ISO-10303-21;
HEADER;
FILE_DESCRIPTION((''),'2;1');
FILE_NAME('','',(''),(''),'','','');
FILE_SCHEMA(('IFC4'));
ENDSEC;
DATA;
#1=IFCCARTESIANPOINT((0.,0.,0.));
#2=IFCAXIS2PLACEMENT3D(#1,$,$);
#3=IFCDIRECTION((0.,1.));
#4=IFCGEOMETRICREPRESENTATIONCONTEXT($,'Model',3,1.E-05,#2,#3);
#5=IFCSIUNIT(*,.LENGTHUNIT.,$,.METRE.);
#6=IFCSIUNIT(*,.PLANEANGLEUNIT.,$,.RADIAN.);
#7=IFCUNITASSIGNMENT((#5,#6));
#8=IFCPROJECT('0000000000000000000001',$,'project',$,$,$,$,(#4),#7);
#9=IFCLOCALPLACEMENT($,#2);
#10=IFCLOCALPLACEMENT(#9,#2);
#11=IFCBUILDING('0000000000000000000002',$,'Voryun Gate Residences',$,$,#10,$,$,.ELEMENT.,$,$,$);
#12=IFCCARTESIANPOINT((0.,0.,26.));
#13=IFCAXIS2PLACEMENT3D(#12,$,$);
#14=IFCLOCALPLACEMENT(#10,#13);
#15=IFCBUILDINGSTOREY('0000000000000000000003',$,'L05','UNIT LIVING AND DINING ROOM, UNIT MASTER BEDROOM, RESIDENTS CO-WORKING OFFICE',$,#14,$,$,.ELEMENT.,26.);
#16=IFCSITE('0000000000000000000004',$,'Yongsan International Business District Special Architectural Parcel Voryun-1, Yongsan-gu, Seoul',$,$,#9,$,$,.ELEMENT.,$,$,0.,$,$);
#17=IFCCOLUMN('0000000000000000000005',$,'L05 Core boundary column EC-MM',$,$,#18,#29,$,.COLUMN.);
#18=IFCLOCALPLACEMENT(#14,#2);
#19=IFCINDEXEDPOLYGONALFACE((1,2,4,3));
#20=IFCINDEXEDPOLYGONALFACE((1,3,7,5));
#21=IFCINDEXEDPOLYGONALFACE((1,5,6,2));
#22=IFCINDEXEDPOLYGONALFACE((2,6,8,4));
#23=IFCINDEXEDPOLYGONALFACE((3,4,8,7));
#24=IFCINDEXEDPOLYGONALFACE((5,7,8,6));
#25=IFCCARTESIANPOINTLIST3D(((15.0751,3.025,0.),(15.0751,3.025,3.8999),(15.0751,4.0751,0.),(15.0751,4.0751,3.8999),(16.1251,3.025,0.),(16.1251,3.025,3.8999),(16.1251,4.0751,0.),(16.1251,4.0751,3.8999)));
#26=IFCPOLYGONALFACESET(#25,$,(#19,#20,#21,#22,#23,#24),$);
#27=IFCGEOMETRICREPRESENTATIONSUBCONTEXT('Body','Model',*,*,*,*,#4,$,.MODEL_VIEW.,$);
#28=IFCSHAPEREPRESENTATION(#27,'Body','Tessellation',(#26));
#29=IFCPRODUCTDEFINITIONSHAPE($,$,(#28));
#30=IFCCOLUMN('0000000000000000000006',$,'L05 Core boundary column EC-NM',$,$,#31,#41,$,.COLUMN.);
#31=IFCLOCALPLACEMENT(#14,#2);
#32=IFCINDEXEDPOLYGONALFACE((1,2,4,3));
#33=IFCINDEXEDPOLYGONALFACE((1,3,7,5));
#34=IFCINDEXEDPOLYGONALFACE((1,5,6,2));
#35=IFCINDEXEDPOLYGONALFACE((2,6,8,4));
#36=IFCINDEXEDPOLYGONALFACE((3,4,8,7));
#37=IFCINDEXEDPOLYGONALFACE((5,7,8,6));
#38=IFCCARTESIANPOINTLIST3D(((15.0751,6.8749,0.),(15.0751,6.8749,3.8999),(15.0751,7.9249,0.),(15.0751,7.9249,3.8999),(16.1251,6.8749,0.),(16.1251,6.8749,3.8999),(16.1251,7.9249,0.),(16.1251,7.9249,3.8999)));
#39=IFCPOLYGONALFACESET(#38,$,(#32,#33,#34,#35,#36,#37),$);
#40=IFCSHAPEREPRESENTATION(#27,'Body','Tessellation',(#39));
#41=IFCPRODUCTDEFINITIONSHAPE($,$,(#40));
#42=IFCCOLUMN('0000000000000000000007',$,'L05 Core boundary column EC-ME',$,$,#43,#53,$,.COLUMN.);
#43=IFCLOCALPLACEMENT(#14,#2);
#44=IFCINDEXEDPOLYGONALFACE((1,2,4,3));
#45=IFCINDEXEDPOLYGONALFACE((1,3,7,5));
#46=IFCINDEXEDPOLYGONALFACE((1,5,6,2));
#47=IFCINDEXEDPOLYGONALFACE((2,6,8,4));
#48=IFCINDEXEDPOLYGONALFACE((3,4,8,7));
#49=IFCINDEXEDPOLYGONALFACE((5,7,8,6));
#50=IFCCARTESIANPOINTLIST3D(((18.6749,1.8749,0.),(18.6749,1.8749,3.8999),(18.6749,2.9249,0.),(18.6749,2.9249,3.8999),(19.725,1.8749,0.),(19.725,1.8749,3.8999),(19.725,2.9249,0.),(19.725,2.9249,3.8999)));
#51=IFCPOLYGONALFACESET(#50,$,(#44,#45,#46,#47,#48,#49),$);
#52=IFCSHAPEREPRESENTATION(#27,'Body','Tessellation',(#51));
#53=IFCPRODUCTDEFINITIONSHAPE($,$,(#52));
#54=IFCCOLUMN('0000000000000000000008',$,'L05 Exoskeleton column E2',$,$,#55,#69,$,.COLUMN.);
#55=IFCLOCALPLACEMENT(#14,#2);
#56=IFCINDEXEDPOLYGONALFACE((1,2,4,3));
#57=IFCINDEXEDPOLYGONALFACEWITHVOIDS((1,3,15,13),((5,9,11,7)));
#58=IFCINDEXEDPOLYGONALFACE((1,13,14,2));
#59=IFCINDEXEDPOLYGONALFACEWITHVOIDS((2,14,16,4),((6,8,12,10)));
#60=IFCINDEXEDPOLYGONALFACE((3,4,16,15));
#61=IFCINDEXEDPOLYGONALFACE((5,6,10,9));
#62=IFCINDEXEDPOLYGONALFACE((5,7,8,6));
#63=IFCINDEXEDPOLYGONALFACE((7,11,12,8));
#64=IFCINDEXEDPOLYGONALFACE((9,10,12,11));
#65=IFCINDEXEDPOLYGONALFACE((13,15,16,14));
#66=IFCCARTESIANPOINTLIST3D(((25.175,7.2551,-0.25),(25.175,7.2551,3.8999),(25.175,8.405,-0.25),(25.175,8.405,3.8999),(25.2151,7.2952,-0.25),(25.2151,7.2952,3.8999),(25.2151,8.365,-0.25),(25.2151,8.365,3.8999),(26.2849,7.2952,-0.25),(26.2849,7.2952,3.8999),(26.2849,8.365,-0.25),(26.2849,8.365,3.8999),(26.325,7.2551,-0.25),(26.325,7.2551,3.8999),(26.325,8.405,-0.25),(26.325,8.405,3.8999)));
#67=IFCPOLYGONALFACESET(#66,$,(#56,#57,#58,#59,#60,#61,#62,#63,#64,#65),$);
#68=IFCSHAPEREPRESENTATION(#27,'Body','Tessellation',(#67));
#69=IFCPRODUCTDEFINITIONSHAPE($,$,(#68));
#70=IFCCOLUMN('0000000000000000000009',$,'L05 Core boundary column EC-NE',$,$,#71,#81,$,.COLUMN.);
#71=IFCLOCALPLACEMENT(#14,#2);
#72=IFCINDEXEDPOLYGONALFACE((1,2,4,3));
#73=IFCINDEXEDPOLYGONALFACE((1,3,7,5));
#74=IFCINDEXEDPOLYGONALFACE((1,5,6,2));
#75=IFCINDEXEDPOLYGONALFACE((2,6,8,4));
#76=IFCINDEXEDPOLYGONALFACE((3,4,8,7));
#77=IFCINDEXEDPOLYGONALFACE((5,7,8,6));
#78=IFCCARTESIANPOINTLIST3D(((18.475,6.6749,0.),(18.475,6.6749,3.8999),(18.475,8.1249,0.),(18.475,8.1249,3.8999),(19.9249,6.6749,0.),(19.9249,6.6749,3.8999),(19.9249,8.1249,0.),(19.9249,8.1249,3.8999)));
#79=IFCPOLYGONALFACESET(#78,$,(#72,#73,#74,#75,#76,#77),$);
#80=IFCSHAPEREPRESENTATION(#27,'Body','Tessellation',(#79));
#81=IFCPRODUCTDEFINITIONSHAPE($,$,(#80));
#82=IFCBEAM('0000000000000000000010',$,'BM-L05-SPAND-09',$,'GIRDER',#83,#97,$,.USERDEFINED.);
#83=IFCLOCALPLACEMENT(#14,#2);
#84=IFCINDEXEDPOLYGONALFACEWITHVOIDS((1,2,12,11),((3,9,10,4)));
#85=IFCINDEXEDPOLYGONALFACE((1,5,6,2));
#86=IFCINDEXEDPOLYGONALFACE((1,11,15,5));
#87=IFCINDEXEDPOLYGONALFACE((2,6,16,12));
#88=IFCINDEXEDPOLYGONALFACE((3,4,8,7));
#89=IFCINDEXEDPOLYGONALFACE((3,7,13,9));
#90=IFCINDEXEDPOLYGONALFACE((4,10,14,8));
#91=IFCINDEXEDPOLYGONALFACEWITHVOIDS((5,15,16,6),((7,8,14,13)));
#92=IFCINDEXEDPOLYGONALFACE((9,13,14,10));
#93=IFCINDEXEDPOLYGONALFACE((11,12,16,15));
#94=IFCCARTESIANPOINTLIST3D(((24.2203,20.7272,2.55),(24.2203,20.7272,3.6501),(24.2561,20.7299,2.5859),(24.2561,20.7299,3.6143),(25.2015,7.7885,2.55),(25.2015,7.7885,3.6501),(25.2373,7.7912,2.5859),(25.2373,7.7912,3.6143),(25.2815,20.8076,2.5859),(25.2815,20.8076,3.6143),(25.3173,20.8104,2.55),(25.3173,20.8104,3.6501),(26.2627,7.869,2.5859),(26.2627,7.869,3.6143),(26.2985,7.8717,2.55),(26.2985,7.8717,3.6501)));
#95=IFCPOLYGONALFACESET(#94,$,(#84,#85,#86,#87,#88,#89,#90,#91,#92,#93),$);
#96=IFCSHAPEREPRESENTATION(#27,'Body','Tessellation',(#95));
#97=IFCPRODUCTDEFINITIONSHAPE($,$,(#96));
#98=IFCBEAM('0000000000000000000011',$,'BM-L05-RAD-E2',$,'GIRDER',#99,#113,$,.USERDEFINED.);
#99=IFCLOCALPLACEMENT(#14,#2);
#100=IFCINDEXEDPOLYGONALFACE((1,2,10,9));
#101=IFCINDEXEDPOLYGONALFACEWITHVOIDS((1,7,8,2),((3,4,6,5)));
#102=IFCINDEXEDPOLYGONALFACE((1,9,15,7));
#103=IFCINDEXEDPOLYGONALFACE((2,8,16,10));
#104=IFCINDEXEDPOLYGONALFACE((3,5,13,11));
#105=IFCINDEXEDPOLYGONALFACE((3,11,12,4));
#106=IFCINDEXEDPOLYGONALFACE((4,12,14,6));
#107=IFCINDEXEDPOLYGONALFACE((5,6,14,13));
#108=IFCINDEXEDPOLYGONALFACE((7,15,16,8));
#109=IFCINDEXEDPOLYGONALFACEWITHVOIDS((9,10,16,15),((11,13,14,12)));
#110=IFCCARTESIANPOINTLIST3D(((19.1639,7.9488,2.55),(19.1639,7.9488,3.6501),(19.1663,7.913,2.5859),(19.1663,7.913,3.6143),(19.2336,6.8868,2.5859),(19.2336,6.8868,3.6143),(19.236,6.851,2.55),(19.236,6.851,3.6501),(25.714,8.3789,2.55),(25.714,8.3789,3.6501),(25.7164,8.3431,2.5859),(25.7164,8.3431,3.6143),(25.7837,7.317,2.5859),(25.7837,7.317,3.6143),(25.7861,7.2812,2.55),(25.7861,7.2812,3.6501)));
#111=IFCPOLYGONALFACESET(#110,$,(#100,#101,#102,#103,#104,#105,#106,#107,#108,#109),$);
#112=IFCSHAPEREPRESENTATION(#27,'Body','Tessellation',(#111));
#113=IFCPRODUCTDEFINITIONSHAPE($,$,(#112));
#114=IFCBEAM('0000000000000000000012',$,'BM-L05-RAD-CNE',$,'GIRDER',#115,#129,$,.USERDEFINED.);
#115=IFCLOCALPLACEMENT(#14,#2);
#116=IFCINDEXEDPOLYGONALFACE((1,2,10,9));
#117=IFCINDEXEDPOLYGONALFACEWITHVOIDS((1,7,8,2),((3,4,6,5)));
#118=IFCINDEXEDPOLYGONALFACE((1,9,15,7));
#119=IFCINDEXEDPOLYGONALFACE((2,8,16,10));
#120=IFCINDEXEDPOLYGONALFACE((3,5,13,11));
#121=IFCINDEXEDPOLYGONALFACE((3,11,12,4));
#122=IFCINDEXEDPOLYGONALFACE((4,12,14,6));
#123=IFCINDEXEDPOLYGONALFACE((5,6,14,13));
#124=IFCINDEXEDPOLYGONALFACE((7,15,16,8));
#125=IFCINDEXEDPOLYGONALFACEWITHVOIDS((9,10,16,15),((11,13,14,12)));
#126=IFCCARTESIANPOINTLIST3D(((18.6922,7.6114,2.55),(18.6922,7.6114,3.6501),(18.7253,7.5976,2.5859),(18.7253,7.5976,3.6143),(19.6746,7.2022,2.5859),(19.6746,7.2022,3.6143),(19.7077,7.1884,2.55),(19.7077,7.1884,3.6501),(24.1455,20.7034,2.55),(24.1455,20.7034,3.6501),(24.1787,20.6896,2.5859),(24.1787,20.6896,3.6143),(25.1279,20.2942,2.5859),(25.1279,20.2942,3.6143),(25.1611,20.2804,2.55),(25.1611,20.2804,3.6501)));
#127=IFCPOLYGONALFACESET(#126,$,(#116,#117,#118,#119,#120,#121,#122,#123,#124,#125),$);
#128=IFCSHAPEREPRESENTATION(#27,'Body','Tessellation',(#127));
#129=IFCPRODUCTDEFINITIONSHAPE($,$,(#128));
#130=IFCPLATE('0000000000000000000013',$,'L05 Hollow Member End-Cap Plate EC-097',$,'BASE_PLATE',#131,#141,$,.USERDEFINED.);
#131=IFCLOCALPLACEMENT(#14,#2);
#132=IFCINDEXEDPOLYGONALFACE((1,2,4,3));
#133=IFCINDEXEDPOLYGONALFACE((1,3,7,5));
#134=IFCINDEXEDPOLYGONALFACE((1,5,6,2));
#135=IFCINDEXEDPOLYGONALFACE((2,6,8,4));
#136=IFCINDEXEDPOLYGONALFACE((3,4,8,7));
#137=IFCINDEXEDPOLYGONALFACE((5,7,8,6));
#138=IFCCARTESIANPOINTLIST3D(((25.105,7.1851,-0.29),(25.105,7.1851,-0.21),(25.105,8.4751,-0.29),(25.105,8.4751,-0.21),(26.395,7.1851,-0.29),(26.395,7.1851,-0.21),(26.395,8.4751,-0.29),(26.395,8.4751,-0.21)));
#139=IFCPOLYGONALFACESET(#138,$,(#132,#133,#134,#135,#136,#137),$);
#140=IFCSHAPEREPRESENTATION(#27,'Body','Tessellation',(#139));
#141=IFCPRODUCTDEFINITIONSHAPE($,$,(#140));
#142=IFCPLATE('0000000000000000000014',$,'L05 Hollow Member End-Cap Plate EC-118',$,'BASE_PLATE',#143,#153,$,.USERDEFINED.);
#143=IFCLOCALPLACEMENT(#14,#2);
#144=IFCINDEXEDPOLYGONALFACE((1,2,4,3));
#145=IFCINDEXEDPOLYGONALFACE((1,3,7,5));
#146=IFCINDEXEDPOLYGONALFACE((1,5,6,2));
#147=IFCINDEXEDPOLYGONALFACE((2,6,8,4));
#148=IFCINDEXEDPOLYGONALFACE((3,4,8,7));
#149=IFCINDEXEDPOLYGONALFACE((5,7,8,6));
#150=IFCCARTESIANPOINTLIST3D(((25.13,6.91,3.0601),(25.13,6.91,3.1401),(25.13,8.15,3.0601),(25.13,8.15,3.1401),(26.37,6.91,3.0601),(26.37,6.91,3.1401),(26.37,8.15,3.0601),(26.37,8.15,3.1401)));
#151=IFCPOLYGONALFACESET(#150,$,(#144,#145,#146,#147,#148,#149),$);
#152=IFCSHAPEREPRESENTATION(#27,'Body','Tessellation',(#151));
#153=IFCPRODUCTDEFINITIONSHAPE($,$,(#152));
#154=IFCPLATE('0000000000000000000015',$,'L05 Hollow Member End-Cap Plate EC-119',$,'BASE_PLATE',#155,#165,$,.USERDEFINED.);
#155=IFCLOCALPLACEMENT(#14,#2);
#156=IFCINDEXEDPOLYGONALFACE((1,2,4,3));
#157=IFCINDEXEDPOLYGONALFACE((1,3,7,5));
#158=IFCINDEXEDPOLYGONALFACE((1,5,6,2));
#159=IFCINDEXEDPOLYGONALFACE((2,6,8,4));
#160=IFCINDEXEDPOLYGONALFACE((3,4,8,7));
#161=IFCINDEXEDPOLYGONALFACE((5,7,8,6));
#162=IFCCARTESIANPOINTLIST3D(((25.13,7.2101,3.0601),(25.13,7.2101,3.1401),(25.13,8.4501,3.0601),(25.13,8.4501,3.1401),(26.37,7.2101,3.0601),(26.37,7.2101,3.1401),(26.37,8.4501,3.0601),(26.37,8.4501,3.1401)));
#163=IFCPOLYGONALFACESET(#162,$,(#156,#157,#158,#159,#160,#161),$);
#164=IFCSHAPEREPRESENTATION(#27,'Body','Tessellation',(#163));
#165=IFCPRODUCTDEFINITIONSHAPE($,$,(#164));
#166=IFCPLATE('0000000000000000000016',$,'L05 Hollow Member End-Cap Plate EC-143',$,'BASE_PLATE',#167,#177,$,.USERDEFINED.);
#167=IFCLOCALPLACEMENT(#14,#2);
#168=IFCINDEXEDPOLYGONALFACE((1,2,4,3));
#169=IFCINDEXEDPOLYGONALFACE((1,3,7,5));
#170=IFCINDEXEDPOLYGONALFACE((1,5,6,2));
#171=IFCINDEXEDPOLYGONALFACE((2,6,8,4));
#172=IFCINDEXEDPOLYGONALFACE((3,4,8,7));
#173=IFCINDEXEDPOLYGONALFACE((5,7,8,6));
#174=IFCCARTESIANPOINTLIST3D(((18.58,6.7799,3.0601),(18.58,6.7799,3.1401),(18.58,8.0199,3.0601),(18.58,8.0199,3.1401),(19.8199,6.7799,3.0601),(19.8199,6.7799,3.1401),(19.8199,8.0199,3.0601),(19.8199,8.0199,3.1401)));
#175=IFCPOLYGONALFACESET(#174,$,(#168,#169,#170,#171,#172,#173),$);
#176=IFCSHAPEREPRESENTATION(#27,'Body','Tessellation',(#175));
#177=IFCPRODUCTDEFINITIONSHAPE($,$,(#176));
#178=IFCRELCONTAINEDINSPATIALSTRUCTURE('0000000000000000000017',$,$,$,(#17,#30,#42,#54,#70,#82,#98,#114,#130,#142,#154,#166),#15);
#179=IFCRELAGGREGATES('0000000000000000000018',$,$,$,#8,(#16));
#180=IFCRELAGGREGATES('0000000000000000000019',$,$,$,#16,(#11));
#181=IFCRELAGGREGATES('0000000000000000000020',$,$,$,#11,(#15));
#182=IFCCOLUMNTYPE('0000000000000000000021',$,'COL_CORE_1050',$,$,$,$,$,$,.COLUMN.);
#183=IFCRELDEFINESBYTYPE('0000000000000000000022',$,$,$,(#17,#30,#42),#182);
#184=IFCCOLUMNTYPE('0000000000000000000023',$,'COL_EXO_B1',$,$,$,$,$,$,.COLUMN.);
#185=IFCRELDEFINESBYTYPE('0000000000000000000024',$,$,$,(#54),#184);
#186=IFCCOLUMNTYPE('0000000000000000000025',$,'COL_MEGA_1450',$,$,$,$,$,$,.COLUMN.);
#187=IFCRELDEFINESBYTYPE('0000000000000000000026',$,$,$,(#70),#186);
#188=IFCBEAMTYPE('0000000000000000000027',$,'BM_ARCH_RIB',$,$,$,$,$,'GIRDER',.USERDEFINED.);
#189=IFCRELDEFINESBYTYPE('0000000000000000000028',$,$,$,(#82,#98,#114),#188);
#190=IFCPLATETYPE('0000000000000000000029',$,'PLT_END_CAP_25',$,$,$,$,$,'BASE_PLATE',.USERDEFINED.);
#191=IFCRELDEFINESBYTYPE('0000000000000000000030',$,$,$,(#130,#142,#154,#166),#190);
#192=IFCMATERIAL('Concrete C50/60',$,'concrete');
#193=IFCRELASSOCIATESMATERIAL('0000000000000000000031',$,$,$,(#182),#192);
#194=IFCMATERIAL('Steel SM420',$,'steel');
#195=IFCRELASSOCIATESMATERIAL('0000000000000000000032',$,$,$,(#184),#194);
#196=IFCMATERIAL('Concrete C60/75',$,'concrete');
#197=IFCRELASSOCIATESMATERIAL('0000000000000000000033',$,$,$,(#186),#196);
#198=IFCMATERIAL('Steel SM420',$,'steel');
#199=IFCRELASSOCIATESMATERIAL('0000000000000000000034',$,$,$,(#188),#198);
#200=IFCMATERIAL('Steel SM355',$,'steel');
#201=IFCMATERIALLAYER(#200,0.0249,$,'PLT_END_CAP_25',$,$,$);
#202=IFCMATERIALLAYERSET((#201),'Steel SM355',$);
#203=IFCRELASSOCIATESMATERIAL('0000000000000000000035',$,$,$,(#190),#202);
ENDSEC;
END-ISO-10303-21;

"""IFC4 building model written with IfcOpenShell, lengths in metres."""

from ifc_helpers import new_model, si_unit, direction, frame, origin, origin_2d, place, context, subcontext, project, spatial, rectangle, hollow_rectangle, extrude, material, layer, layer_set, material_profile, profile_set, type_object, element, save


model = new_model("IFC4")

# Units and contexts
model_context = context("Model", 3, precision=1e-05, world=origin(), true_north=direction((0.0, 1.0)))
body_context = subcontext(model_context, "Body", "Model", "MODEL_VIEW")
ifc_project = project(units=[si_unit("LENGTHUNIT", "METRE"), si_unit("PLANEANGLEUNIT", "RADIAN")], contexts=[model_context])

# Site, building, storey
site_placement = place(None, origin())
site = spatial("IfcSite", under=ifc_project, at=site_placement, Name="Yongsan International Business District Special Architectural Parcel Voryun-1, Yongsan-gu, Seoul", CompositionType="ELEMENT", RefElevation=0.0)
building_placement = place(site_placement, origin())
building = spatial("IfcBuilding", under=site, at=building_placement, Name="Voryun Gate Residences", CompositionType="ELEMENT")
storey_placement = place(building_placement, frame((0.0, 0.0, 26.0)))
storey = spatial("IfcBuildingStorey", under=building, at=storey_placement, Name="L05", Description="UNIT LIVING AND DINING ROOM, UNIT MASTER BEDROOM, RESIDENTS CO-WORKING OFFICE", CompositionType="ELEMENT", Elevation=26.0)

# Columns
ifc_material_1 = material(Name="Concrete C50/60", Category="concrete")
ifc_material_profile_1 = material_profile(ifc_material_1, rectangle(XDim=1.05, YDim=1.05, at=origin_2d()), Name="RC-1050x1050")
ifc_profile_set_1 = profile_set([ifc_material_profile_1], Name="Concrete C50/60")
column_type_1 = type_object("IfcColumnType", Name="COL_CORE_1050", PredefinedType="COLUMN", material=ifc_profile_set_1)
for number, where, z_axis, x_axis, name in (
    (1, (15.6001, 3.55, 0.0), (0.0, 0.0, 1.0), (1.0, 0.0, 0.0), "L05 Core boundary column EC-MM"),
    (2, (15.6001, 7.3999, 0.0), (0.0, 0.0, 1.0), (1.0, 0.0, 0.0), "L05 Core boundary column EC-NM"),
    (3, (19.2, 2.3999, 0.0), (0.0, 0.0, 1.0), (1.0, 0.0, 0.0), "L05 Core boundary column EC-ME"),
):
    element("IfcColumn", number, at=place(storey_placement, frame(where, z_axis=z_axis, x_axis=x_axis)), inside=storey, type_object=column_type_1, Name=name, PredefinedType="COLUMN", context=body_context, shape_type="SweptSolid", body=[
        extrude(rectangle(XDim=1.05, YDim=1.05, at=origin_2d()), origin(), (0.0, 0.0, 1.0), 3.8999),
    ])
ifc_material_2 = material(Name="Steel SM420", Category="steel")
ifc_material_profile_2 = material_profile(ifc_material_2, hollow_rectangle(XDim=1.1499, YDim=1.1499, WallThickness=0.04, at=origin_2d()), Name="BOX-1150x1150x40")
ifc_profile_set_2 = profile_set([ifc_material_profile_2], Name="Steel SM420")
column_type_2 = type_object("IfcColumnType", Name="COL_EXO_B1", PredefinedType="COLUMN", material=ifc_profile_set_2)
column_1_placement = place(storey_placement, frame((25.75, 7.8301, -0.25), z_axis=(0.0, 0.0, 1.0), x_axis=(1.0, 0.0, 0.0)))
element("IfcColumn", 4, at=column_1_placement, inside=storey, type_object=column_type_2, Name="L05 Exoskeleton column E2", PredefinedType="COLUMN", context=body_context, shape_type="SweptSolid", body=[
    extrude(hollow_rectangle(XDim=1.1499, YDim=1.1499, WallThickness=0.04, at=origin_2d()), origin(), (0.0, 0.0, 1.0), 4.1499),
])
ifc_material_3 = material(Name="Concrete C60/75", Category="concrete")
ifc_material_profile_3 = material_profile(ifc_material_3, rectangle(XDim=1.45, YDim=1.45, at=origin_2d()), Name="RC-1450x1450")
ifc_profile_set_3 = profile_set([ifc_material_profile_3], Name="Concrete C60/75")
column_type_3 = type_object("IfcColumnType", Name="COL_MEGA_1450", PredefinedType="COLUMN", material=ifc_profile_set_3)
column_2_placement = place(storey_placement, frame((19.2, 7.3999, 0.0), z_axis=(0.0, 0.0, 1.0), x_axis=(1.0, 0.0, 0.0)))
element("IfcColumn", 5, at=column_2_placement, inside=storey, type_object=column_type_3, Name="L05 Core boundary column EC-NE", PredefinedType="COLUMN", context=body_context, shape_type="SweptSolid", body=[
    extrude(rectangle(XDim=1.45, YDim=1.45, at=origin_2d()), origin(), (0.0, 0.0, 1.0), 3.8999),
])

# Beams
ifc_material_4 = material(Name="Steel SM420", Category="steel")
ifc_material_profile_4 = material_profile(ifc_material_4, hollow_rectangle(XDim=1.1001, YDim=1.1001, WallThickness=0.0359, at=origin_2d()), Name="BOX-1100x1100x36")
ifc_profile_set_4 = profile_set([ifc_material_profile_4], Name="Steel SM420")
beam_type = type_object("IfcBeamType", Name="BM_ARCH_RIB", ElementType="GIRDER", PredefinedType="USERDEFINED", material=ifc_profile_set_4)
beam_1_placement = place(storey_placement, frame((25.75, 7.8301, 3.1001), z_axis=(-0.075617, 0.997137, 0.0), x_axis=(-0.997137, -0.075617, 0.0)))
element("IfcBeam", 6, at=beam_1_placement, inside=storey, type_object=beam_type, Name="BM-L05-SPAND-09", ObjectType="GIRDER", PredefinedType="USERDEFINED", context=body_context, shape_type="SweptSolid", body=[
    extrude(hollow_rectangle(XDim=1.1001, YDim=1.1001, WallThickness=0.0359, at=origin_2d()), origin(), (0.0, 0.0, 1.0), 12.9758),
])
beam_2_placement = place(storey_placement, frame((19.2, 7.3999, 3.1001), z_axis=(0.99785, 0.065534, 0.0), x_axis=(-0.065534, 0.99785, 0.0)))
element("IfcBeam", 7, at=beam_2_placement, inside=storey, type_object=beam_type, Name="BM-L05-RAD-E2", ObjectType="GIRDER", PredefinedType="USERDEFINED", context=body_context, shape_type="SweptSolid", body=[
    extrude(hollow_rectangle(XDim=1.1001, YDim=1.1001, WallThickness=0.0359, at=origin_2d()), origin(), (0.0, 0.0, 1.0), 6.5642),
])
beam_3_placement = place(storey_placement, frame((19.2, 7.3999, 3.1001), z_axis=(0.384516, 0.923118, 0.0), x_axis=(-0.923118, 0.384516, 0.0)))
element("IfcBeam", 8, at=beam_3_placement, inside=storey, type_object=beam_type, Name="BM-L05-RAD-CNE", ObjectType="GIRDER", PredefinedType="USERDEFINED", context=body_context, shape_type="SweptSolid", body=[
    extrude(hollow_rectangle(XDim=1.1001, YDim=1.1001, WallThickness=0.0359, at=origin_2d()), origin(), (0.0, 0.0, 1.0), 14.1824),
])

# Plates
ifc_material_5 = material(Name="Steel SM355", Category="steel")
ifc_layer_1 = layer(ifc_material_5, 0.0249, Name="PLT_END_CAP_25")
ifc_layer_set_1 = layer_set([ifc_layer_1], Name="Steel SM355")
plate_type = type_object("IfcPlateType", Name="PLT_END_CAP_25", ElementType="BASE_PLATE", PredefinedType="USERDEFINED", material=ifc_layer_set_1)
plate_placement = place(storey_placement, frame((25.75, 7.8301, -0.29), z_axis=(0.0, 0.0, 1.0), x_axis=(1.0, 0.0, 0.0)))
element("IfcPlate", 9, at=plate_placement, inside=storey, type_object=plate_type, Name="L05 Hollow Member End-Cap Plate EC-097", ObjectType="BASE_PLATE", PredefinedType="USERDEFINED", context=body_context, shape_type="SweptSolid", body=[
    extrude(rectangle(XDim=1.29, YDim=1.29, at=origin_2d()), origin(), (0.0, 0.0, 1.0), 0.0801),
])
for number, where, z_axis, x_axis, name in (
    (10, (25.75, 7.53, 3.0601), (0.0, 0.0, 1.0), (1.0, 0.0, 0.0), "L05 Hollow Member End-Cap Plate EC-118"),
    (11, (25.75, 7.8301, 3.0601), (0.0, 0.0, 1.0), (1.0, 0.0, 0.0), "L05 Hollow Member End-Cap Plate EC-119"),
    (12, (19.2, 7.3999, 3.0601), (0.0, 0.0, 1.0), (1.0, 0.0, 0.0), "L05 Hollow Member End-Cap Plate EC-143"),
):
    element("IfcPlate", number, at=place(storey_placement, frame(where, z_axis=z_axis, x_axis=x_axis)), inside=storey, type_object=plate_type, Name=name, ObjectType="BASE_PLATE", PredefinedType="USERDEFINED", context=body_context, shape_type="SweptSolid", body=[
        extrude(rectangle(XDim=1.24, YDim=1.24, at=origin_2d()), origin(), (0.0, 0.0, 1.0), 0.0801),
    ])

save(model, "model.ifc")
